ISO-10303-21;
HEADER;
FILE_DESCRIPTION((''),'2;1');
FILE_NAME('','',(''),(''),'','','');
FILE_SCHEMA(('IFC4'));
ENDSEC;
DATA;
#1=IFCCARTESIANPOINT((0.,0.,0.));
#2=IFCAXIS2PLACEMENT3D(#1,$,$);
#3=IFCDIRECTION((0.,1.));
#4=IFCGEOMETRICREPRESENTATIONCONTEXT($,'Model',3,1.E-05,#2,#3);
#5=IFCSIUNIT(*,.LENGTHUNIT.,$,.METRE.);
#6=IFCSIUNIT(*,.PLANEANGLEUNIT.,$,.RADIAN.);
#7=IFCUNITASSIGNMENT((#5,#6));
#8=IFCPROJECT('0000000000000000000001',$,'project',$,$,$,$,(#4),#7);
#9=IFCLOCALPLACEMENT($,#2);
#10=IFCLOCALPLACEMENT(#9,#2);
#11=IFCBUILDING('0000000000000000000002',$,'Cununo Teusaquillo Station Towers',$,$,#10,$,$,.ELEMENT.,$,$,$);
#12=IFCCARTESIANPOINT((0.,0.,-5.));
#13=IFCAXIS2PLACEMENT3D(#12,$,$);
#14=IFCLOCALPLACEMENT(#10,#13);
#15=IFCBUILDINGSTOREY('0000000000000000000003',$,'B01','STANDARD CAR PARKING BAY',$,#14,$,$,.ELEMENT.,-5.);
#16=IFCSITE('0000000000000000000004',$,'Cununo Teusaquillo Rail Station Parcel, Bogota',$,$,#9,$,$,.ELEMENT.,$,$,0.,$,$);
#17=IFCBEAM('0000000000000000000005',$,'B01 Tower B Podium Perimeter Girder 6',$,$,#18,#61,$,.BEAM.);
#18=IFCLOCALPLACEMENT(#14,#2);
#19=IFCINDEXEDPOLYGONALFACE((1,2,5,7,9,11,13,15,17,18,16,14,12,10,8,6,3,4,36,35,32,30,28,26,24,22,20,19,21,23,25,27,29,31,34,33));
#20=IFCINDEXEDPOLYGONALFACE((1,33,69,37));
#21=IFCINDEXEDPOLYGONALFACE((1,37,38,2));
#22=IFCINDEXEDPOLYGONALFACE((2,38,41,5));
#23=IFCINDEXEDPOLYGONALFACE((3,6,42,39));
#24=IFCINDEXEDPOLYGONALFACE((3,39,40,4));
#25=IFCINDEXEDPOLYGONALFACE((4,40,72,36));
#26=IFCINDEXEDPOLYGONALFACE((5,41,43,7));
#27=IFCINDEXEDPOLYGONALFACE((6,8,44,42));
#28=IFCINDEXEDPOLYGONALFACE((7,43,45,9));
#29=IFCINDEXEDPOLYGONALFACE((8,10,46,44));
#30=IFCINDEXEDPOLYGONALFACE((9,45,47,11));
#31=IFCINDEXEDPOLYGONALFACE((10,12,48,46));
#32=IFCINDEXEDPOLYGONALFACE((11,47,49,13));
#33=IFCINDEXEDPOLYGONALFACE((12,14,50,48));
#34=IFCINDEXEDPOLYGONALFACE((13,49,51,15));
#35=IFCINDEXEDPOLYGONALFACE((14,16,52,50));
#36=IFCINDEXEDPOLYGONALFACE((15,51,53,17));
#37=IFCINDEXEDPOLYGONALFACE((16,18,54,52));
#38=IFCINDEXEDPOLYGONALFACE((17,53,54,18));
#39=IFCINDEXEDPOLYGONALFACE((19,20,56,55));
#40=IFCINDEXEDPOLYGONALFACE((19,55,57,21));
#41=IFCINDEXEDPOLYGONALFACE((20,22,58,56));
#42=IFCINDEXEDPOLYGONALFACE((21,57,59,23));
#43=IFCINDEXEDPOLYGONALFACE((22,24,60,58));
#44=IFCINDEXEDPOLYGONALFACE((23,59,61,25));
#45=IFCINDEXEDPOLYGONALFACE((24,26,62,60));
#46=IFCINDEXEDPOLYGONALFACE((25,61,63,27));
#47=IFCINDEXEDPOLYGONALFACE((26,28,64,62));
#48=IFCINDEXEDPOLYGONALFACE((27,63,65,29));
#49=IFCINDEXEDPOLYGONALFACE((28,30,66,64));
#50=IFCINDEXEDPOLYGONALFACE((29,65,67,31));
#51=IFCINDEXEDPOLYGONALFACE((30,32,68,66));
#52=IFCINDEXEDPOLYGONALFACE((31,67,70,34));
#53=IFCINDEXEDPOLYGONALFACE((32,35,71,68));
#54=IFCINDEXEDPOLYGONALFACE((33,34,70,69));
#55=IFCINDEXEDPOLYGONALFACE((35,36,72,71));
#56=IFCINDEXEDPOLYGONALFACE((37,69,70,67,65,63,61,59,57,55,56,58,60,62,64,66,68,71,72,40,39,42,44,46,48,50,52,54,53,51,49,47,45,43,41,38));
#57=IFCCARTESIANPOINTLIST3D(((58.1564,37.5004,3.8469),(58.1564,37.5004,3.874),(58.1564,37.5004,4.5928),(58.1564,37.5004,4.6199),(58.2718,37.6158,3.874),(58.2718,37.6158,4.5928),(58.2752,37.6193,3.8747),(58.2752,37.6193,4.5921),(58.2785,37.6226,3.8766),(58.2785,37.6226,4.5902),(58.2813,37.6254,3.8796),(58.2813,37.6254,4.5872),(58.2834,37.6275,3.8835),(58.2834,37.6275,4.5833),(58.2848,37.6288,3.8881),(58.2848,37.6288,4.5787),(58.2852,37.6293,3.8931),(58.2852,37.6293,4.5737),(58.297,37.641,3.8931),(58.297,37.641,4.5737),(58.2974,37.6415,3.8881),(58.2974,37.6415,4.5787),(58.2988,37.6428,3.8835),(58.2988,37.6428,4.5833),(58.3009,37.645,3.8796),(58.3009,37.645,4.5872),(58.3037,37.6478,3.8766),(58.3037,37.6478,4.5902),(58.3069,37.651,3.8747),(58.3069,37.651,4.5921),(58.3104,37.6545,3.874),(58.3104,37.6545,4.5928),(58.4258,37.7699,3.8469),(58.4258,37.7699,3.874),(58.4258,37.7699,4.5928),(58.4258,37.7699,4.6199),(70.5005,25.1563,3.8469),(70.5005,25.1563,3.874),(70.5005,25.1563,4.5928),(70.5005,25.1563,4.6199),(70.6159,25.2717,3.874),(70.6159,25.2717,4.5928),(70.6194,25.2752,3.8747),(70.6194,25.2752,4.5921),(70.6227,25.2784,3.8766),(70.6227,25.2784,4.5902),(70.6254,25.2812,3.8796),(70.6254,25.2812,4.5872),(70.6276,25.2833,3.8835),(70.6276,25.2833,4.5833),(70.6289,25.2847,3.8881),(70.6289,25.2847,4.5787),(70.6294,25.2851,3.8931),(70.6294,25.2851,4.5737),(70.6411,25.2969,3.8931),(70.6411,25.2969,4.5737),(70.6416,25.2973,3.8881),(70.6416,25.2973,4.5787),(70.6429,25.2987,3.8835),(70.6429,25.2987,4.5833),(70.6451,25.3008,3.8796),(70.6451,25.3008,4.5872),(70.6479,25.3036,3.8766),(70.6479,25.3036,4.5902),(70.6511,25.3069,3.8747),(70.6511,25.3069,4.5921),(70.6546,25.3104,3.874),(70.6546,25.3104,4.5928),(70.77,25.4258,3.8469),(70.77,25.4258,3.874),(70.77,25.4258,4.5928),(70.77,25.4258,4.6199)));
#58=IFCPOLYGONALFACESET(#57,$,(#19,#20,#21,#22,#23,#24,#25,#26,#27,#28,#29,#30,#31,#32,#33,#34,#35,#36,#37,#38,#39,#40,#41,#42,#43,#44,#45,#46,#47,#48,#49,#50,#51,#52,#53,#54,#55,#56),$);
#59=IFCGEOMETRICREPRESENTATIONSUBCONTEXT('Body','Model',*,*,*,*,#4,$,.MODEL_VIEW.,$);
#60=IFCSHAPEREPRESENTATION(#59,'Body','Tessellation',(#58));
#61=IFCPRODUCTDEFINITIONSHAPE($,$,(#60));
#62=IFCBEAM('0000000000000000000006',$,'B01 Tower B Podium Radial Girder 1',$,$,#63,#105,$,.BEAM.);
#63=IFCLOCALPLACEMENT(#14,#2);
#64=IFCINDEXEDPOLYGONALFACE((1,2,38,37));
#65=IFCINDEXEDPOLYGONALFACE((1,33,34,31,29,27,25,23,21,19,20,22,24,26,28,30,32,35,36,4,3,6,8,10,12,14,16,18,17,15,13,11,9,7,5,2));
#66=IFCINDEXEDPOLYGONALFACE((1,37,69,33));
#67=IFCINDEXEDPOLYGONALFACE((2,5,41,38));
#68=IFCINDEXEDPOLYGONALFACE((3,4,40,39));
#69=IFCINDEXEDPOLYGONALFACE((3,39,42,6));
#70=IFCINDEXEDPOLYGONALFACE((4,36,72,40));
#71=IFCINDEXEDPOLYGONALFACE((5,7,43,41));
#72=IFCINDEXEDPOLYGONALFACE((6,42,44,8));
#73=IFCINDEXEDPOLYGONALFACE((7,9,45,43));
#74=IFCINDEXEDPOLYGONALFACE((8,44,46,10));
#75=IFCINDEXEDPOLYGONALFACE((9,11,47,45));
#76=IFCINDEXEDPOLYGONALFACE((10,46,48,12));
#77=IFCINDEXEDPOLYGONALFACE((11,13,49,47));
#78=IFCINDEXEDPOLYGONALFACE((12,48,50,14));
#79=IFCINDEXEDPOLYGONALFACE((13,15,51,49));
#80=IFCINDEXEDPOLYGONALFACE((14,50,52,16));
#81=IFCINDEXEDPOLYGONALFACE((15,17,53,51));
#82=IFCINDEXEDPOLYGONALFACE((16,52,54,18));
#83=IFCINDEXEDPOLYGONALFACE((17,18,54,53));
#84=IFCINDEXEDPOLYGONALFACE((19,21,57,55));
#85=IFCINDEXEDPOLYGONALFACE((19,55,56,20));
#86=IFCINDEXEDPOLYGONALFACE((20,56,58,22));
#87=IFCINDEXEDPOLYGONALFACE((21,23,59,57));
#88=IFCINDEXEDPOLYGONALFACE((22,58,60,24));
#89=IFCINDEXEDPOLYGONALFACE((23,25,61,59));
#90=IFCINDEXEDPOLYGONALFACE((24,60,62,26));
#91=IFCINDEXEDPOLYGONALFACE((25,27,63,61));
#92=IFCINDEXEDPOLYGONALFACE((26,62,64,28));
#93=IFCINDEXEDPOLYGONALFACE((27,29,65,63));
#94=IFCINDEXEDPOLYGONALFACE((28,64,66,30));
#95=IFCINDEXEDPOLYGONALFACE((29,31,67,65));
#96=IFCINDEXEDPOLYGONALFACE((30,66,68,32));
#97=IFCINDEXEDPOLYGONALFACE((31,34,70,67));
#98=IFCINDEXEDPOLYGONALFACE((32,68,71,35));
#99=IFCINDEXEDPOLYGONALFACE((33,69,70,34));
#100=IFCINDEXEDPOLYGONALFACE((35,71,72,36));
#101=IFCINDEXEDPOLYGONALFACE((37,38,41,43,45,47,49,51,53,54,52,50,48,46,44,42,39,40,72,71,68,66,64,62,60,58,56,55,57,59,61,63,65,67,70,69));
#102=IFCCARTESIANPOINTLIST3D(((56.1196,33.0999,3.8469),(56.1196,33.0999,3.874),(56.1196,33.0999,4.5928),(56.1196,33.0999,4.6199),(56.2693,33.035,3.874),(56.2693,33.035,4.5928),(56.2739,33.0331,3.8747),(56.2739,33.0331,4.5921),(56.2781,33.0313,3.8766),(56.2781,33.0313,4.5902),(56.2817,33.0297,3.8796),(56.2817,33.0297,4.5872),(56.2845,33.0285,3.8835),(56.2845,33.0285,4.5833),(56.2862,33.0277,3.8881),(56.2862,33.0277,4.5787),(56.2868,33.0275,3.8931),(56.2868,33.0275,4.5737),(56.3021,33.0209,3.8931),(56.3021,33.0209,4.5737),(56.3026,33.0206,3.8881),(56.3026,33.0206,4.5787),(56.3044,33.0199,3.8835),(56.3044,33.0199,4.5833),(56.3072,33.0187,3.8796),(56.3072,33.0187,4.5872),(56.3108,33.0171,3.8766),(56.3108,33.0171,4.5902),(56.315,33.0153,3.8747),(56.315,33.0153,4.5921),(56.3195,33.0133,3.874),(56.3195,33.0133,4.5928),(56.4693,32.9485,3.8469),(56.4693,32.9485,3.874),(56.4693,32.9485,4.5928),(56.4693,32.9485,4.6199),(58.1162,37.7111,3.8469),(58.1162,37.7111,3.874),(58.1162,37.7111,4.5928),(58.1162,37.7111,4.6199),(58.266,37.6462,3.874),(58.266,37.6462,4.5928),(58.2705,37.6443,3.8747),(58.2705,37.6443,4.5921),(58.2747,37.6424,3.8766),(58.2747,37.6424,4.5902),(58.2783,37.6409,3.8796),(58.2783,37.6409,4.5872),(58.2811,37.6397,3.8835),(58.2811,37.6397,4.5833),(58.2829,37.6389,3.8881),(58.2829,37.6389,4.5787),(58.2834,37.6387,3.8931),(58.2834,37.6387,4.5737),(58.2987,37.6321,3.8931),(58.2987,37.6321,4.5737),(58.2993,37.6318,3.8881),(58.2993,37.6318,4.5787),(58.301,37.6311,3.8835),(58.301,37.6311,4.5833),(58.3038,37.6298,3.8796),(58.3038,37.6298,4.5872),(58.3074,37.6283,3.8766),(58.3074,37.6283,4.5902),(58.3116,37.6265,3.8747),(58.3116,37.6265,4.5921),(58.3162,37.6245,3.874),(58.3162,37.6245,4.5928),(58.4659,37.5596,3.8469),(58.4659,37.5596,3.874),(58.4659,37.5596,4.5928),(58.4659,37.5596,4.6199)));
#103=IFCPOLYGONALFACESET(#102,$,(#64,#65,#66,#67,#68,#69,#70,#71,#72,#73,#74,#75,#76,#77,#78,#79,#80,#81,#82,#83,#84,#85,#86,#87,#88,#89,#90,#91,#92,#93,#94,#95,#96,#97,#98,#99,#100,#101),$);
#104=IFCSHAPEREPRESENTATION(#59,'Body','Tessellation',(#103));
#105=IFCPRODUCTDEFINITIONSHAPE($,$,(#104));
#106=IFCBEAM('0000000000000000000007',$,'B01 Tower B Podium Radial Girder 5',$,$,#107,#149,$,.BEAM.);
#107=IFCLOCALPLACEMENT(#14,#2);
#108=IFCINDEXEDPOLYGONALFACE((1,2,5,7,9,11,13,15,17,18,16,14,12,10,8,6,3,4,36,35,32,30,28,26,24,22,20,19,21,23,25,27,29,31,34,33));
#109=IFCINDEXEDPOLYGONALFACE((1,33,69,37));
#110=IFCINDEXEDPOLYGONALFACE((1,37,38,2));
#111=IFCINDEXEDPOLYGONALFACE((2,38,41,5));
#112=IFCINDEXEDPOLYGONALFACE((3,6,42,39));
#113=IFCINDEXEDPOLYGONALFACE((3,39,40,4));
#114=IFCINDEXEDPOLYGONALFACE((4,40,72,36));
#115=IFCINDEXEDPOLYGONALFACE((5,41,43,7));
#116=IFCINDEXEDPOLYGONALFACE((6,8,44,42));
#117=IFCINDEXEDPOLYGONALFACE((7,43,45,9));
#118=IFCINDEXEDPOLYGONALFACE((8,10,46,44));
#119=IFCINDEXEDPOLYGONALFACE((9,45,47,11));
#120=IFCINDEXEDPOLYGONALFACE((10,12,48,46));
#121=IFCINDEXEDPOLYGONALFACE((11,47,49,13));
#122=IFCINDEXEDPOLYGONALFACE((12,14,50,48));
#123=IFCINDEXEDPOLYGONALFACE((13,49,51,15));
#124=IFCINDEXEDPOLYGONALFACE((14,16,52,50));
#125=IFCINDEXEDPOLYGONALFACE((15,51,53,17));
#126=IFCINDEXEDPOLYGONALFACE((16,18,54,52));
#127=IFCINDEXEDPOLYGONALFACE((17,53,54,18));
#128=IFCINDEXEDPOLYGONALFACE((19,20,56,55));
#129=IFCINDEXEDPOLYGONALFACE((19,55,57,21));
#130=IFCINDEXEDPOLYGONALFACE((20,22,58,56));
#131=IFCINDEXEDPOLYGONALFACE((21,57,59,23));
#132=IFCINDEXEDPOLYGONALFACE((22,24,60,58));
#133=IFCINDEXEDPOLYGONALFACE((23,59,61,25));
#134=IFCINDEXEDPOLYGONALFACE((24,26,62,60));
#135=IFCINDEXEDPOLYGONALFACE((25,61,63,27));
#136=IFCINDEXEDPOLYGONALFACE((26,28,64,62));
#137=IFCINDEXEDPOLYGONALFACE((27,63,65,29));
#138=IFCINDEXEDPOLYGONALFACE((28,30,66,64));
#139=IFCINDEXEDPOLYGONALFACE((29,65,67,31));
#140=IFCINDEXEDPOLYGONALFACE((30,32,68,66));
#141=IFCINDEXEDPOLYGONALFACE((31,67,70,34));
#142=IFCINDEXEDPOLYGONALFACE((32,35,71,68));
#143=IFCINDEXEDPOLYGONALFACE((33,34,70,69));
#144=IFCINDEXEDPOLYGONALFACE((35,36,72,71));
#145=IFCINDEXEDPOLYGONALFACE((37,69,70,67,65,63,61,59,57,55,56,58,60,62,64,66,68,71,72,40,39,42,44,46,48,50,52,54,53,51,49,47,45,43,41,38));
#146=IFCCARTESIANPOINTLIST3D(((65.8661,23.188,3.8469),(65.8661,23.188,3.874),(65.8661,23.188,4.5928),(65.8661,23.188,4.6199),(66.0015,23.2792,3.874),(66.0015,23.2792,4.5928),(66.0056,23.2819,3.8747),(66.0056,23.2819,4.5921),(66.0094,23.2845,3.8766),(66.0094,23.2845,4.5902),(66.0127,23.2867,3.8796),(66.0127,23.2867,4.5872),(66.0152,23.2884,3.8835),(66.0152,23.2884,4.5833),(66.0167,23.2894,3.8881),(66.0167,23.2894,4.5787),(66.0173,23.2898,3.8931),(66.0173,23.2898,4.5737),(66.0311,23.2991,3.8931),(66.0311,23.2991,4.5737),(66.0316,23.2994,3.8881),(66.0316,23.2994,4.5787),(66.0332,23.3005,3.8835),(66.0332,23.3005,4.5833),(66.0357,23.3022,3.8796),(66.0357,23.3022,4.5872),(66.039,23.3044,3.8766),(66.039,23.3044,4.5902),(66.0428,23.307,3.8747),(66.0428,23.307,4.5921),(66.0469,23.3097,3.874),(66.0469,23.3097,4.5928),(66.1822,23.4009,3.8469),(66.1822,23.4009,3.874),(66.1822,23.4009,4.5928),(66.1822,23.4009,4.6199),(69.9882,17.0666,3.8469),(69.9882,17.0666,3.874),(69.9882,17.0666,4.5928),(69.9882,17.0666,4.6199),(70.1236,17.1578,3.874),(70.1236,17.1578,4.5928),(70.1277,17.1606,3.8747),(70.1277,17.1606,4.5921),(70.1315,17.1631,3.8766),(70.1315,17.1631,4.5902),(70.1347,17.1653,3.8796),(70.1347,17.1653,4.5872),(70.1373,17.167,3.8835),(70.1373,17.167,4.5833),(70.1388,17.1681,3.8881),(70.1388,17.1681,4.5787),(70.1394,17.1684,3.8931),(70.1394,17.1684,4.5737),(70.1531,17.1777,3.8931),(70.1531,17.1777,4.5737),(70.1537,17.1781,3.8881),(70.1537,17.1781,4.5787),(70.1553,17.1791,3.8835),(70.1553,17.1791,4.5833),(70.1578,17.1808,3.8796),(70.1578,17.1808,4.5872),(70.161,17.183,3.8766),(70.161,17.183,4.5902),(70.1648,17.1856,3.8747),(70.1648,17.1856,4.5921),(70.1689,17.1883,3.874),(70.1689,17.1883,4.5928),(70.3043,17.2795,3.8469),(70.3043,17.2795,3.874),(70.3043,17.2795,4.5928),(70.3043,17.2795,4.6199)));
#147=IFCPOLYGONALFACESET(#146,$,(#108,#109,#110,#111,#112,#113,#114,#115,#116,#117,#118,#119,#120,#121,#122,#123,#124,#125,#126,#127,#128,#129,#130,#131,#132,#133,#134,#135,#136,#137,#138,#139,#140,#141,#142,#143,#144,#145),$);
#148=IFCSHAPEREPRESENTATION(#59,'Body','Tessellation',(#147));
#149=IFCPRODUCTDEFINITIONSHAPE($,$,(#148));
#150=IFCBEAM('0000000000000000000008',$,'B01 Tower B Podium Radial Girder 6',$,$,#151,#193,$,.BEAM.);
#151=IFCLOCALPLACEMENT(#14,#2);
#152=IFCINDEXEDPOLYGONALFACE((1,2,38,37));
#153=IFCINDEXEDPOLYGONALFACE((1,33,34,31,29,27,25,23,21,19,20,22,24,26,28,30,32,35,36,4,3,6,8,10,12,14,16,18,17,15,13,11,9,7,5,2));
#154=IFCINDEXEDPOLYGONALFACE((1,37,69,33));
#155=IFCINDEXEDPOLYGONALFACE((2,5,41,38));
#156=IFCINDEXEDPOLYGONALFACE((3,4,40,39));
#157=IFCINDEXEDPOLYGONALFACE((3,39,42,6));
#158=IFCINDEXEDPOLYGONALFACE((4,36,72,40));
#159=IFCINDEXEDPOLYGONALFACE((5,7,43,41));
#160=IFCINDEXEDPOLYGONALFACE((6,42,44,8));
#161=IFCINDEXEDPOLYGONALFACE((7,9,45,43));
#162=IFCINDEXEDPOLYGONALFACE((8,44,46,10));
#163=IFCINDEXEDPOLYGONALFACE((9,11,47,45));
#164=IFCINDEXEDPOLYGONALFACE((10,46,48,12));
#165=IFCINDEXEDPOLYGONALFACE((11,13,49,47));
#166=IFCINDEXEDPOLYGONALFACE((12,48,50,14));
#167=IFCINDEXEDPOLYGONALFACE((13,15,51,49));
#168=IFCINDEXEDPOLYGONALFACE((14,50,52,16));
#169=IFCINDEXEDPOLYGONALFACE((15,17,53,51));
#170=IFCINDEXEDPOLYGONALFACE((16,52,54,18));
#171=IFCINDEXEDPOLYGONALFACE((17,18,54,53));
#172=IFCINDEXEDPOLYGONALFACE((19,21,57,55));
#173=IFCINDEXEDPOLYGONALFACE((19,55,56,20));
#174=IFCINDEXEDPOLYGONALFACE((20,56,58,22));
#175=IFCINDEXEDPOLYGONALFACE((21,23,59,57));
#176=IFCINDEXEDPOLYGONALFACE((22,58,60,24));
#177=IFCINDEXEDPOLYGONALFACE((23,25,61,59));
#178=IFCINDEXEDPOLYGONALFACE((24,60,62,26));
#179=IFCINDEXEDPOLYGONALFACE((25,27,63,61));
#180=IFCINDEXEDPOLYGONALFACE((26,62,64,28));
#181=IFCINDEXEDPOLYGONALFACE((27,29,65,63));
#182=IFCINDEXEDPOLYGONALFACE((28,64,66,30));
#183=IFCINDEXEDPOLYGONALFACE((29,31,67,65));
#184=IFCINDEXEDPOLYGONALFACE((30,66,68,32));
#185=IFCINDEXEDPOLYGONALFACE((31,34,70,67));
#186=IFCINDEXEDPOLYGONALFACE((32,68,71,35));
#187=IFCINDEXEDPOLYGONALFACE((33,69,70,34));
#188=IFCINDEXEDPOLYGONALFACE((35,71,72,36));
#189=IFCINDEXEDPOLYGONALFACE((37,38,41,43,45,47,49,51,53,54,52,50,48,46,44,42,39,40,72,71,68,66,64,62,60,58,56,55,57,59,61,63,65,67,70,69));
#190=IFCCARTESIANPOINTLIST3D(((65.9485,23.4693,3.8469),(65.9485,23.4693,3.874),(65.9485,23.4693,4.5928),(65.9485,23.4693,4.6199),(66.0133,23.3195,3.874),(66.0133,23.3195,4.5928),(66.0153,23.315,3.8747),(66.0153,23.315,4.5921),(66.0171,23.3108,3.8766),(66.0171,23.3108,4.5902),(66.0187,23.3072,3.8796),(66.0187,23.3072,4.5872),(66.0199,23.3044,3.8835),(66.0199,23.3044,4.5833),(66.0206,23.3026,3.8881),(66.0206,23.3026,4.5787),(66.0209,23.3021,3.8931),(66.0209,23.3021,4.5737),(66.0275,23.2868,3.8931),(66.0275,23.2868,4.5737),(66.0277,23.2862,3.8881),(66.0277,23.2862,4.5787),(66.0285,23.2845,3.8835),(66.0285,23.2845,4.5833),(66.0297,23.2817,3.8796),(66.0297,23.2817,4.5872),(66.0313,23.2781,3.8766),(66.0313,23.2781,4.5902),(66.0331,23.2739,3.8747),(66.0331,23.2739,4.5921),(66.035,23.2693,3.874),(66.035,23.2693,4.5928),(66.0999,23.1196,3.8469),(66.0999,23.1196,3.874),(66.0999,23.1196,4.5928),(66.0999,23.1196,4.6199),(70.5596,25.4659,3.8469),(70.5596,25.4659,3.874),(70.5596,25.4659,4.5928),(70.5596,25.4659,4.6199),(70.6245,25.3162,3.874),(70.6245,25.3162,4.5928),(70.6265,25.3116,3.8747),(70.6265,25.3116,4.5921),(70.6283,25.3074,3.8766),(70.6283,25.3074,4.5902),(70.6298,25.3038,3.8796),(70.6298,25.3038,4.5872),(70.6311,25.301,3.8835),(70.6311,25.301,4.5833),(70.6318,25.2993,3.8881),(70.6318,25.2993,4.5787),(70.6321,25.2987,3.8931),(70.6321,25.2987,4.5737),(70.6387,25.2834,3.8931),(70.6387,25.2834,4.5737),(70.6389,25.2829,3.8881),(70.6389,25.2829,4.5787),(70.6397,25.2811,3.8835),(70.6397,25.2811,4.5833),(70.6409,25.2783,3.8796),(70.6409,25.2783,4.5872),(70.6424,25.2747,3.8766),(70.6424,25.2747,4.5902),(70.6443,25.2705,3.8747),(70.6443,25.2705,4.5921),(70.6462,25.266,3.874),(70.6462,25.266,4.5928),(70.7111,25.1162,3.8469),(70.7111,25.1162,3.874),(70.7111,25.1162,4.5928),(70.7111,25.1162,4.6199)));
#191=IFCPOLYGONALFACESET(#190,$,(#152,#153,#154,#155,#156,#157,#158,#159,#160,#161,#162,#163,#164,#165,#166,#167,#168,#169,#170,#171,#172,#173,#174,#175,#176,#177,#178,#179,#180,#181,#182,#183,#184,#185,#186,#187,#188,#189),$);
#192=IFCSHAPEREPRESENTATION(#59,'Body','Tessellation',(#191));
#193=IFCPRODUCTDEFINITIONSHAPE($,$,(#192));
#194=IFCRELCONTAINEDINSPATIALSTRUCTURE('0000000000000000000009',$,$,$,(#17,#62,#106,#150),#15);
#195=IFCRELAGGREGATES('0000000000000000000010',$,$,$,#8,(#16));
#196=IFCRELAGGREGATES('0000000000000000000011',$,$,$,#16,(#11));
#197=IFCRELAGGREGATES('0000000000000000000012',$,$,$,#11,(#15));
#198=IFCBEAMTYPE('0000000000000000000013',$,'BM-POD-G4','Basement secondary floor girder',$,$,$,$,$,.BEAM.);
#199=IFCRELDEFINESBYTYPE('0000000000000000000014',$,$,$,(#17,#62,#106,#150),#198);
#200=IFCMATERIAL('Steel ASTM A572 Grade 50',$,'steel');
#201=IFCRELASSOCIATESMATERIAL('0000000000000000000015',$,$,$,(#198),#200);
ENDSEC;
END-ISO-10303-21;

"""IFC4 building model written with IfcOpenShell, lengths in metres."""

from ifc_helpers import new_model, si_unit, direction, frame, origin, origin_2d, place, context, subcontext, project, spatial, i_section, extrude, material, material_profile, profile_set, type_object, element, save


model = new_model("IFC4")

# Units and contexts
model_context = context("Model", 3, precision=1e-05, world=origin(), true_north=direction((0.0, 1.0)))
body_context = subcontext(model_context, "Body", "Model", "MODEL_VIEW")
ifc_project = project(units=[si_unit("LENGTHUNIT", "METRE"), si_unit("PLANEANGLEUNIT", "RADIAN")], contexts=[model_context])

# Site, building, storey
site_placement = place(None, origin())
site = spatial("IfcSite", under=ifc_project, at=site_placement, Name="Cununo Teusaquillo Rail Station Parcel, Bogota", CompositionType="ELEMENT", RefElevation=0.0)
building_placement = place(site_placement, origin())
building = spatial("IfcBuilding", under=site, at=building_placement, Name="Cununo Teusaquillo Station Towers", CompositionType="ELEMENT")
storey_placement = place(building_placement, frame((0.0, 0.0, -5.0)))
storey = spatial("IfcBuildingStorey", under=building, at=storey_placement, Name="B01", Description="STANDARD CAR PARKING BAY", CompositionType="ELEMENT", Elevation=-5.0)

# Beams
ifc_material_1 = material(Name="Steel ASTM A572 Grade 50", Category="steel")
ifc_material_profile_1 = material_profile(ifc_material_1, i_section(OverallWidth=0.3811, OverallDepth=0.7729, WebThickness=0.0166, FlangeThickness=0.0271, FilletRadius=0.019, at=origin_2d()), Name="W30X173")
ifc_profile_set_1 = profile_set([ifc_material_profile_1], Name="Steel ASTM A572 Grade 50")
beam_type_1 = type_object("IfcBeamType", Name="BM-POD-G4", Description="Basement secondary floor girder", PredefinedType="BEAM", material=ifc_profile_set_1)
beam_1_placement = place(storey_placement, frame((70.6353, 25.291, 4.2334), z_axis=(-0.707107, 0.707107, 0.0), x_axis=(-0.707107, -0.707107, 0.0)))
element("IfcBeam", 1, at=beam_1_placement, inside=storey, type_object=beam_type_1, Name="B01 Tower B Podium Perimeter Girder 6", PredefinedType="BEAM", context=body_context, shape_type="SweptSolid", body=[
    extrude(i_section(OverallWidth=0.3811, OverallDepth=0.7729, WebThickness=0.0166, FlangeThickness=0.0271, FilletRadius=0.019, at=origin_2d()), origin(), (0.0, 0.0, 1.0), 17.4573),
])
beam_2_placement = place(storey_placement, frame((56.2944, 33.0242, 4.2334), z_axis=(0.397347, 0.917668, 0.0), x_axis=(-0.917668, 0.397347, 0.0)))
element("IfcBeam", 2, at=beam_2_placement, inside=storey, type_object=beam_type_1, Name="B01 Tower B Podium Radial Girder 1", PredefinedType="BEAM", context=body_context, shape_type="SweptSolid", body=[
    extrude(i_section(OverallWidth=0.3811, OverallDepth=0.7729, WebThickness=0.0166, FlangeThickness=0.0271, FilletRadius=0.019, at=origin_2d()), origin(), (0.0, 0.0, 1.0), 5.0249),
])
beam_3_placement = place(storey_placement, frame((66.0242, 23.2944, 4.2334), z_axis=(0.558557, -0.829466, 0.0), x_axis=(0.829466, 0.558557, 0.0)))
element("IfcBeam", 3, at=beam_3_placement, inside=storey, type_object=beam_type_1, Name="B01 Tower B Podium Radial Girder 5", PredefinedType="BEAM", context=body_context, shape_type="SweptSolid", body=[
    extrude(i_section(OverallWidth=0.3811, OverallDepth=0.7729, WebThickness=0.0166, FlangeThickness=0.0271, FilletRadius=0.019, at=origin_2d()), origin(), (0.0, 0.0, 1.0), 7.3799),
])
beam_4_placement = place(storey_placement, frame((66.0242, 23.2944, 4.2334), z_axis=(0.917668, 0.397347, 0.0), x_axis=(-0.397347, 0.917668, 0.0)))
element("IfcBeam", 4, at=beam_4_placement, inside=storey, type_object=beam_type_1, Name="B01 Tower B Podium Radial Girder 6", PredefinedType="BEAM", context=body_context, shape_type="SweptSolid", body=[
    extrude(i_section(OverallWidth=0.3811, OverallDepth=0.7729, WebThickness=0.0166, FlangeThickness=0.0271, FilletRadius=0.019, at=origin_2d()), origin(), (0.0, 0.0, 1.0), 5.0249),
])

save(model, "model.ifc")
